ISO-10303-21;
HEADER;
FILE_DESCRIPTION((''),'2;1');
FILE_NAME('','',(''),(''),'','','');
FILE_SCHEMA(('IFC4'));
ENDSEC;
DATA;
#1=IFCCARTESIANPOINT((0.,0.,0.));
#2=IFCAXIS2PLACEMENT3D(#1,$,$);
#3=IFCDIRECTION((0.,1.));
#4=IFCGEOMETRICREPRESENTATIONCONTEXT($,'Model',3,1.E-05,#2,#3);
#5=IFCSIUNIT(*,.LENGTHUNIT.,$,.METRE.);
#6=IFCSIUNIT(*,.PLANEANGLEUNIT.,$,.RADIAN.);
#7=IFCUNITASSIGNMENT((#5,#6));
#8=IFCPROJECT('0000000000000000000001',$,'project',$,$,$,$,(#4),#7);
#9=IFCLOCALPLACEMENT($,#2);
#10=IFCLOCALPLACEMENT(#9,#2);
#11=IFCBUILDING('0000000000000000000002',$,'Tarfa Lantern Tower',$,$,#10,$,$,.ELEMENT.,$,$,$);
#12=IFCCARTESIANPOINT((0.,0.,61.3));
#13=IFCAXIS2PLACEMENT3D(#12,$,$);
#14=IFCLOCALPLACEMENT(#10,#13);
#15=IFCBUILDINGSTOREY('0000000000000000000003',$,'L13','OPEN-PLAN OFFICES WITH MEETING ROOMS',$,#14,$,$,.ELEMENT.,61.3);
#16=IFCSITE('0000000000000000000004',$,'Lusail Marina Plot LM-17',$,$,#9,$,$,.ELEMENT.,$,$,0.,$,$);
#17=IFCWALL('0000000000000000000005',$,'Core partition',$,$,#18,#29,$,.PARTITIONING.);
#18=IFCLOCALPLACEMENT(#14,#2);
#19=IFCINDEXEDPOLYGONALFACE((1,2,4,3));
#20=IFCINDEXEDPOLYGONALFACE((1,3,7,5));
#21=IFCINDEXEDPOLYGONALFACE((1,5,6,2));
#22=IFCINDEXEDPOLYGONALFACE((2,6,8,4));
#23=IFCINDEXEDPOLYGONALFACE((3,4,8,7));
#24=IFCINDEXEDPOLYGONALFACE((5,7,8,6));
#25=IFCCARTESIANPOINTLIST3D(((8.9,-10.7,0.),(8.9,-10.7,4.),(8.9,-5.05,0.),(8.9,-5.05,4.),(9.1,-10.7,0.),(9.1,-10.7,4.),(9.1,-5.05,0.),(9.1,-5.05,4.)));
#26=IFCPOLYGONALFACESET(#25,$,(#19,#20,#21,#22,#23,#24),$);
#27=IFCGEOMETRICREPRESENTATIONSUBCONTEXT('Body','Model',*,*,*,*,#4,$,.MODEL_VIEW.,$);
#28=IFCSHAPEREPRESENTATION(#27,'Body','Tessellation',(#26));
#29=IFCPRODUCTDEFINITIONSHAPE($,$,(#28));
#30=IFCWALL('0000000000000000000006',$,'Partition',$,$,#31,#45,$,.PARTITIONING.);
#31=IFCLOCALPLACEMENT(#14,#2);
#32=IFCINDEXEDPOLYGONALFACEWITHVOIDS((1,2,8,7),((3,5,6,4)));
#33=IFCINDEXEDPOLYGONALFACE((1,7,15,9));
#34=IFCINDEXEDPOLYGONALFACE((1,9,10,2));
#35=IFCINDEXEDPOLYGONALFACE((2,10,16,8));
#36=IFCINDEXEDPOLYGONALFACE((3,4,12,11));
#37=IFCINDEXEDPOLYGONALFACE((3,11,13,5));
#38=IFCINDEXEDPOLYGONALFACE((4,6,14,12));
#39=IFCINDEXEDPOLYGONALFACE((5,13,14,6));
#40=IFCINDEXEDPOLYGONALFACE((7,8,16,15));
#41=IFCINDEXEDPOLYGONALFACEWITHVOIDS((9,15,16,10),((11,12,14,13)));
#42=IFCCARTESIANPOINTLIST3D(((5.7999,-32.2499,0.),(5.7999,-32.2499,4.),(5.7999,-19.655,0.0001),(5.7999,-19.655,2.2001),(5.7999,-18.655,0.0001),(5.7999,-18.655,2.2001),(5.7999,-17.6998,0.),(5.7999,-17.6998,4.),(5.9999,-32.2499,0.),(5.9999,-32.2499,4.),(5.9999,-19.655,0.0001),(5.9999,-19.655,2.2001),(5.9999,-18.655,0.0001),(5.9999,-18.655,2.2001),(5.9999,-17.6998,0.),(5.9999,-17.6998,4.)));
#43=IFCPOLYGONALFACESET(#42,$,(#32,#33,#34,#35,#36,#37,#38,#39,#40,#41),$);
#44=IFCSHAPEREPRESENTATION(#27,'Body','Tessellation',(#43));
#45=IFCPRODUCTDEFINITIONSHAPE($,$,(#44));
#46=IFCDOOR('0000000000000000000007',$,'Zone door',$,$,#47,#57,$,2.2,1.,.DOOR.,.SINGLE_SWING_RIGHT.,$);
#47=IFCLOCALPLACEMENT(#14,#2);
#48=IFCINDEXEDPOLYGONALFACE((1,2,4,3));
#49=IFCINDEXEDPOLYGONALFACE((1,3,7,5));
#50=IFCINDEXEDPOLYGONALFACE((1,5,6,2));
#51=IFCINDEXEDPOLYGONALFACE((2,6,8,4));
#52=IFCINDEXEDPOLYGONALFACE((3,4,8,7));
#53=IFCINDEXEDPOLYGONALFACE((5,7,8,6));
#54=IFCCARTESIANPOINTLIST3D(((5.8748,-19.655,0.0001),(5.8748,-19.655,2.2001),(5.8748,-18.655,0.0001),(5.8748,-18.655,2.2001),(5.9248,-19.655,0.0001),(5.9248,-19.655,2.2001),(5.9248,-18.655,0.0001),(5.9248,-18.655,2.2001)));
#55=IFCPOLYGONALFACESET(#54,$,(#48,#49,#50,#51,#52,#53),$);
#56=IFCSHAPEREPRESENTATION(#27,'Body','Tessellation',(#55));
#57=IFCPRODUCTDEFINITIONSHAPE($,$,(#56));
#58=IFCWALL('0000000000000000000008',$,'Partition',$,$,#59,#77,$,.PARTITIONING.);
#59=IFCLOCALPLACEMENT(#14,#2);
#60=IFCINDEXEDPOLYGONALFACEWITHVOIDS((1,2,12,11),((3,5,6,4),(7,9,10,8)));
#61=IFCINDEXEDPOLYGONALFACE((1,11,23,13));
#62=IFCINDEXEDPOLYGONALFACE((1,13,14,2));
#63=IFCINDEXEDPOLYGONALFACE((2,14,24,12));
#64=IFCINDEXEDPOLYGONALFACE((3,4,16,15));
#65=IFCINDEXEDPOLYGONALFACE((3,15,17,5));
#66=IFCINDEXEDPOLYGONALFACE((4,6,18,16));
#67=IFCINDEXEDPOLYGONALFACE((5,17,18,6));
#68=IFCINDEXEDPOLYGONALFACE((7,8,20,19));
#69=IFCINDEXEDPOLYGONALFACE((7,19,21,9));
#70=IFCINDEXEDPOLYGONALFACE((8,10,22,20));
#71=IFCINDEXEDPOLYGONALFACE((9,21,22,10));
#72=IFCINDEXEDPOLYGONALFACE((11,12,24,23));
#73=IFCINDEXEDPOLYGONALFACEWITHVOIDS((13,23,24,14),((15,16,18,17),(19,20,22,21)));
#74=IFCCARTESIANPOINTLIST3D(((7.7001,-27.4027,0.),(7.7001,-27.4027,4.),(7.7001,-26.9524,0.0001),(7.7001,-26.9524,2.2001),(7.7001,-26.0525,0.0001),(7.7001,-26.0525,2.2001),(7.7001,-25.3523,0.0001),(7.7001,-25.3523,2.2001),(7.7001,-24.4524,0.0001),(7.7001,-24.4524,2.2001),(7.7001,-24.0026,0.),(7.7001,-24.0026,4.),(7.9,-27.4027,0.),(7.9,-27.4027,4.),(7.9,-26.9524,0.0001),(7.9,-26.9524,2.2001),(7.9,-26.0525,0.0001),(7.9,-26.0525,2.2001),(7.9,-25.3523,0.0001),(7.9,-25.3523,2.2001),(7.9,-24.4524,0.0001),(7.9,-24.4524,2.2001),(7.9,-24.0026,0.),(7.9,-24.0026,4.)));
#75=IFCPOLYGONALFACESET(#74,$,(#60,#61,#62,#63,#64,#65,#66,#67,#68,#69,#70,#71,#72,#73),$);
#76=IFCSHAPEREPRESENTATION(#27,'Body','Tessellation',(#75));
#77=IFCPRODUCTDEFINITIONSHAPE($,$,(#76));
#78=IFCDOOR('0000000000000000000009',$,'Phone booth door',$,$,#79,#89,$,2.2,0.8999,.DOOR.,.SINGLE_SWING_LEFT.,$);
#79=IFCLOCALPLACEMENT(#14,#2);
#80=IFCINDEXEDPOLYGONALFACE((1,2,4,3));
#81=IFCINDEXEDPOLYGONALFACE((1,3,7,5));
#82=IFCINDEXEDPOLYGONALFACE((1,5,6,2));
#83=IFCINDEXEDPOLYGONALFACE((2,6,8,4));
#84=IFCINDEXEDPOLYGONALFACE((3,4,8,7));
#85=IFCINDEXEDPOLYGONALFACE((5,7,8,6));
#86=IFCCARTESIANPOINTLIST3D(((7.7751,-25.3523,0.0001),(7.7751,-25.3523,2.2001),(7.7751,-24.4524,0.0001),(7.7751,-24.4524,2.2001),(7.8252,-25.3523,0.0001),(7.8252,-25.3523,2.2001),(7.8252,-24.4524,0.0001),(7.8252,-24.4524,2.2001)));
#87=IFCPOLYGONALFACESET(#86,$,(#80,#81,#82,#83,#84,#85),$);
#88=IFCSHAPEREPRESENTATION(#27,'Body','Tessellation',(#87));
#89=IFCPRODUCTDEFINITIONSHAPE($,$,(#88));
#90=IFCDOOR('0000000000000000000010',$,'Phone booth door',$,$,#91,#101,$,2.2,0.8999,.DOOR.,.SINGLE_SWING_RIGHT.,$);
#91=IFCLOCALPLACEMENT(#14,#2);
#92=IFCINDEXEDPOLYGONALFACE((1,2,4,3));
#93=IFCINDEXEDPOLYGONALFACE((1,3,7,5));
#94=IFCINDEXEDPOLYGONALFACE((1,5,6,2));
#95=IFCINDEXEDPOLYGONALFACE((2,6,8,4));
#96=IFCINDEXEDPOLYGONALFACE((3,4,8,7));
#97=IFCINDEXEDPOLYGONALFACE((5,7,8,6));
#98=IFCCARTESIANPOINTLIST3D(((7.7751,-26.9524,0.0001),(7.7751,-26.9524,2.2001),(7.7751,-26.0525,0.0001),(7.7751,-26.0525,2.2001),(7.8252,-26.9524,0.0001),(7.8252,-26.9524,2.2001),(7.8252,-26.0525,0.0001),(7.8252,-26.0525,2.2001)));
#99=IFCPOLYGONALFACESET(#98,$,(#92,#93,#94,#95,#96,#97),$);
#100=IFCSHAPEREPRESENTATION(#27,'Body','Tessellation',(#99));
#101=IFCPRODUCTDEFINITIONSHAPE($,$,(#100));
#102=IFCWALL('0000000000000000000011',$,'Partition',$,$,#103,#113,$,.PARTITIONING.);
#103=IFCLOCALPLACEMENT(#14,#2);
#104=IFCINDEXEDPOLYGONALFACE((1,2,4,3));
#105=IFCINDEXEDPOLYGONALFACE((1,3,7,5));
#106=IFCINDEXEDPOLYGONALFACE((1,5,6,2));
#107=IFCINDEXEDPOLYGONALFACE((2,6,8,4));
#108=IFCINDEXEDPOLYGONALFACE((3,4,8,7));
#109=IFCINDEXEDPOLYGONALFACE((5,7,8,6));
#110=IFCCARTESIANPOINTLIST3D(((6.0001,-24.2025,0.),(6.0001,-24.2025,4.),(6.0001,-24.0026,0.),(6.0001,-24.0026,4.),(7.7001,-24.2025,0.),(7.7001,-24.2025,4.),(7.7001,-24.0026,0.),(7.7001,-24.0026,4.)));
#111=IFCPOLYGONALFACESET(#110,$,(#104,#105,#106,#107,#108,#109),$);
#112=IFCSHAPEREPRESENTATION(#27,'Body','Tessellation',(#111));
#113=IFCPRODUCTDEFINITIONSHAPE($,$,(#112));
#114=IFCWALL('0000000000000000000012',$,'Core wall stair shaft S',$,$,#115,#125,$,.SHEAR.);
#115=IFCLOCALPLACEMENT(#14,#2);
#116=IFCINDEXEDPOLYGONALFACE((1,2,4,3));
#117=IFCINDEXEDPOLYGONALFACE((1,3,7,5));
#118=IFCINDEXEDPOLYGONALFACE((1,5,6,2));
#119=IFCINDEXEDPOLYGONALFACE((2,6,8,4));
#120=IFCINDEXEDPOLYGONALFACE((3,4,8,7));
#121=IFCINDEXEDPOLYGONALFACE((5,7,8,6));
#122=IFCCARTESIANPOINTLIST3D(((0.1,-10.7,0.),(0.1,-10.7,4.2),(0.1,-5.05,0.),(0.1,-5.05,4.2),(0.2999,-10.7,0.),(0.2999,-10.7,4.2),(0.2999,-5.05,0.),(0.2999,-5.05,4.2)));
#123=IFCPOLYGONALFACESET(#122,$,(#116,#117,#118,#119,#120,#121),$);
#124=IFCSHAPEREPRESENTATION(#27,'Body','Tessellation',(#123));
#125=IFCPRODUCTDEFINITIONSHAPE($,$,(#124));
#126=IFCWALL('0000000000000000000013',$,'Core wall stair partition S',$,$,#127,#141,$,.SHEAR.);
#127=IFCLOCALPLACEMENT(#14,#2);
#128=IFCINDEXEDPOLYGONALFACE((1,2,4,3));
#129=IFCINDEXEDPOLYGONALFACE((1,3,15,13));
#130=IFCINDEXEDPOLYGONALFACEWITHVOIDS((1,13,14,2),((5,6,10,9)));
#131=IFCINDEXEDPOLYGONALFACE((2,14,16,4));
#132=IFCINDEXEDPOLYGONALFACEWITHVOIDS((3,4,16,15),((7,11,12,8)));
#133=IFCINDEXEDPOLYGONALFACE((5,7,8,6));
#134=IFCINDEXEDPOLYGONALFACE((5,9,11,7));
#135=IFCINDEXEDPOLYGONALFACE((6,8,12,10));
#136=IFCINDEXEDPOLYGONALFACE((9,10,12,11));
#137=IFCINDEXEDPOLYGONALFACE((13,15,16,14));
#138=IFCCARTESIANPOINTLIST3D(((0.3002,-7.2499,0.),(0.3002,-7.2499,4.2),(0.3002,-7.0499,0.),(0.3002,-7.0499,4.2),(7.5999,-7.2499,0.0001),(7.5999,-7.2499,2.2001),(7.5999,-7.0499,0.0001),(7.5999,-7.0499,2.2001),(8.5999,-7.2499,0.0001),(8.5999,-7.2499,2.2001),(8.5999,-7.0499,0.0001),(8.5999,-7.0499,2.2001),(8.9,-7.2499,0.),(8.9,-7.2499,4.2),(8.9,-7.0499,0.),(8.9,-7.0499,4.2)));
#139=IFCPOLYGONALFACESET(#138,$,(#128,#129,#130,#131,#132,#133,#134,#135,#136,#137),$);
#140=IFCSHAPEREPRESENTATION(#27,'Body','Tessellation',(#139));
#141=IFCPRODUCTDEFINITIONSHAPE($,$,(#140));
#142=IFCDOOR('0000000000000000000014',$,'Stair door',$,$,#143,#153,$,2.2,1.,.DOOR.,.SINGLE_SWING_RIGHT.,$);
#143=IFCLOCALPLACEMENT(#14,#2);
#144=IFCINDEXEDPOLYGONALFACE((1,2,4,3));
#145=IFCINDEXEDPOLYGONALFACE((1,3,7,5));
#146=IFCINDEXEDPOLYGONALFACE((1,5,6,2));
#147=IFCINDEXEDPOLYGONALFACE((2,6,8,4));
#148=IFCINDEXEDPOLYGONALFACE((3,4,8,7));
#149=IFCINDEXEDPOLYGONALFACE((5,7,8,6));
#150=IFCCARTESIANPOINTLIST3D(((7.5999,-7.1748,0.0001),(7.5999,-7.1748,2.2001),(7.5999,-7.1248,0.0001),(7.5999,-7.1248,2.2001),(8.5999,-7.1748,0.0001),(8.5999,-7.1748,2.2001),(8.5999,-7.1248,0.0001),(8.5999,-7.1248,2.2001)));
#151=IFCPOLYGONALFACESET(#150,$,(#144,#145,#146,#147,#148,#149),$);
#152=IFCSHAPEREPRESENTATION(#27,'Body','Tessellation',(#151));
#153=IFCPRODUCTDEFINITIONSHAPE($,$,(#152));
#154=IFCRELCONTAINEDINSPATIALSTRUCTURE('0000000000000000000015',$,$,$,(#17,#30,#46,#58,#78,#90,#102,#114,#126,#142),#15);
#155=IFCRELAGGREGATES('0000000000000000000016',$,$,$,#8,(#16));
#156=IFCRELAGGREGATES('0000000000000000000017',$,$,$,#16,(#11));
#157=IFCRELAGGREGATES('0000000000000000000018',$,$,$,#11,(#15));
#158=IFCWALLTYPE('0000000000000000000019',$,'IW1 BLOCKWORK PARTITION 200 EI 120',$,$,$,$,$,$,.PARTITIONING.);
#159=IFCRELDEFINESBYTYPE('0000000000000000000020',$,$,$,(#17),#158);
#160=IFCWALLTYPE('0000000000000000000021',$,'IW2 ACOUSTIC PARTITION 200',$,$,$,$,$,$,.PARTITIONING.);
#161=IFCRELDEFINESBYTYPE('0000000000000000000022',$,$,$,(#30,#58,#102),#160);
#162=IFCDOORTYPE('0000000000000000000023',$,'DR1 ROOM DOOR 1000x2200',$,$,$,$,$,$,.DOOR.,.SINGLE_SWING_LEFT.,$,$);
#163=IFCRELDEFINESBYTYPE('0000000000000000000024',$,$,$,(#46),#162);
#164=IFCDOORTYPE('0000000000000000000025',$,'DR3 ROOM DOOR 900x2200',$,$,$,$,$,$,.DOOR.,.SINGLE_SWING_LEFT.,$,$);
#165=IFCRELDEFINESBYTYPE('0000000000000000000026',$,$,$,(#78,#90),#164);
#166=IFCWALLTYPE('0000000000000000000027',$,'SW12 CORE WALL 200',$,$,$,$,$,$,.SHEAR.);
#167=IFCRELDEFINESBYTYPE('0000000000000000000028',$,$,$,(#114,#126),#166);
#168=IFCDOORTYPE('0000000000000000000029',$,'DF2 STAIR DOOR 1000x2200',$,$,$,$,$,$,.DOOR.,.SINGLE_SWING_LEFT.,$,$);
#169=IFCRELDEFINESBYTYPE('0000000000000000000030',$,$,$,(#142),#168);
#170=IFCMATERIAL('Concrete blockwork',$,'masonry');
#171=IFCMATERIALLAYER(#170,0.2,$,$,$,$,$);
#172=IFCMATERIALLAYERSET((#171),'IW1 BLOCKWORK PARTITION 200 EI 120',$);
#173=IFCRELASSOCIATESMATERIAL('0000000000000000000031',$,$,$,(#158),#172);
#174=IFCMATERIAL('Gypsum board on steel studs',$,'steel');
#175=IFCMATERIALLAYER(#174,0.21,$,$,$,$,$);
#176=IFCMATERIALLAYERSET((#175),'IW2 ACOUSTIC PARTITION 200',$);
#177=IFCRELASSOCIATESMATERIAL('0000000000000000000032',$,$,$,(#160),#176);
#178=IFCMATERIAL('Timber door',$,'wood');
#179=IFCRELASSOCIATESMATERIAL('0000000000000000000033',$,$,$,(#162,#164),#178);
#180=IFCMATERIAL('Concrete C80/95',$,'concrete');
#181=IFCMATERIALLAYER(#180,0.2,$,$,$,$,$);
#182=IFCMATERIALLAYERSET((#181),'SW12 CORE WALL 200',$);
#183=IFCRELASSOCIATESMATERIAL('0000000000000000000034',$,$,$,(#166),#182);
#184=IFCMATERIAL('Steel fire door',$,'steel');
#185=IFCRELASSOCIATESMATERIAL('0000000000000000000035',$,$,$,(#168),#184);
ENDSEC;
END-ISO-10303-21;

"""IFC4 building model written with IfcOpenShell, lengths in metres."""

from ifc_helpers import new_model, si_unit, direction, frame, frame_2d, origin, place, context, subcontext, project, spatial, rectangle, extrude, material, layer, layer_set, type_object, element, fill, save


model = new_model("IFC4")

# Units and contexts
model_context = context("Model", 3, precision=1e-05, world=origin(), true_north=direction((0.0, 1.0)))
body_context = subcontext(model_context, "Body", "Model", "MODEL_VIEW")
ifc_project = project(units=[si_unit("LENGTHUNIT", "METRE"), si_unit("PLANEANGLEUNIT", "RADIAN")], contexts=[model_context])

# Site, building, storey
site_placement = place(None, origin())
site = spatial("IfcSite", under=ifc_project, at=site_placement, Name="Lusail Marina Plot LM-17", CompositionType="ELEMENT", RefElevation=0.0)
building_placement = place(site_placement, origin())
building = spatial("IfcBuilding", under=site, at=building_placement, Name="Tarfa Lantern Tower", CompositionType="ELEMENT")
storey_placement = place(building_placement, frame((0.0, 0.0, 61.3)))
storey = spatial("IfcBuildingStorey", under=building, at=storey_placement, Name="L13", Description="OPEN-PLAN OFFICES WITH MEETING ROOMS", CompositionType="ELEMENT", Elevation=61.3)

# Wall
ifc_material_1 = material(Name="Concrete blockwork", Category="masonry")
ifc_layer_1 = layer(ifc_material_1, 0.2)
ifc_layer_set_1 = layer_set([ifc_layer_1], Name="IW1 BLOCKWORK PARTITION 200 EI 120")
wall_type_1 = type_object("IfcWallType", Name="IW1 BLOCKWORK PARTITION 200 EI 120", PredefinedType="PARTITIONING", material=ifc_layer_set_1)
wall_1_placement = place(storey_placement, frame((9.0, -5.05, 0.0), z_axis=(0.0, 0.0, 1.0), x_axis=(0.0, -1.0, 0.0)))
element("IfcWall", 1, at=wall_1_placement, inside=storey, type_object=wall_type_1, Name="Core partition", PredefinedType="PARTITIONING", context=body_context, shape_type="SweptSolid", body=[
    extrude(rectangle(XDim=5.6499, YDim=0.2, at=frame_2d((2.825, 0.0))), origin(), (0.0, 0.0, 1.0), 4.0),
])

# Wall, opening, door
ifc_material_2 = material(Name="Gypsum board on steel studs", Category="steel")
ifc_layer_2 = layer(ifc_material_2, 0.21)
ifc_layer_set_2 = layer_set([ifc_layer_2], Name="IW2 ACOUSTIC PARTITION 200")
wall_type_2 = type_object("IfcWallType", Name="IW2 ACOUSTIC PARTITION 200", PredefinedType="PARTITIONING", material=ifc_layer_set_2)
wall_2_placement = place(storey_placement, frame((5.8999, -17.7, 0.0), z_axis=(0.0, 0.0, 1.0), x_axis=(0.0, -1.0, 0.0)))
wall_2 = element("IfcWall", 2, at=wall_2_placement, inside=storey, type_object=wall_type_2, Name="Partition", PredefinedType="PARTITIONING", context=body_context, shape_type="SweptSolid", body=[
    extrude(rectangle(XDim=14.55, YDim=0.2, at=frame_2d((7.2749, 0.0))), origin(), (0.0, 0.0, 1.0), 4.0),
])
opening_1_placement = place(wall_2_placement, frame((0.9551, 0.0, 0.0)))
opening_1 = element("IfcOpeningElement", 3, at=opening_1_placement, cuts=wall_2, PredefinedType="OPENING", context=body_context, shape_type="SweptSolid", body=[
    extrude(rectangle(XDim=1.0, YDim=2.2, at=frame_2d((0.5, 1.1001))), frame((0.0, 0.1099, 0.0), z_axis=(0.0, -1.0, 0.0), x_axis=(1.0, 0.0, 0.0)), (0.0, 0.0, 1.0), 0.22),
])
ifc_material_3 = material(Name="Timber door", Category="wood")
door_type_1 = type_object("IfcDoorType", Name="DR1 ROOM DOOR 1000x2200", OperationType="SINGLE_SWING_LEFT", PredefinedType="DOOR", material=ifc_material_3)
door_1_placement = place(opening_1_placement, origin())
door_1 = element("IfcDoor", 4, at=door_1_placement, inside=storey, type_object=door_type_1, Name="Zone door", OperationType="SINGLE_SWING_RIGHT", OverallHeight=2.2, OverallWidth=1.0, PredefinedType="DOOR", context=body_context, shape_type="SweptSolid", body=[
    extrude(rectangle(XDim=1.0, YDim=2.2, at=frame_2d((0.5, 1.1001))), frame((0.0, 0.0249, 0.0), z_axis=(0.0, -1.0, 0.0), x_axis=(1.0, 0.0, 0.0)), (0.0, 0.0, 1.0), 0.05),
])
fill(opening_1, door_1)

# Wall, openings, doors
wall_3_placement = place(storey_placement, frame((7.8, -24.0024, 0.0), z_axis=(0.0, 0.0, 1.0), x_axis=(0.0, -1.0, 0.0)))
wall_3 = element("IfcWall", 5, at=wall_3_placement, inside=storey, type_object=wall_type_2, Name="Partition", PredefinedType="PARTITIONING", context=body_context, shape_type="SweptSolid", body=[
    extrude(rectangle(XDim=3.4001, YDim=0.2, at=frame_2d((1.7002, 0.0))), origin(), (0.0, 0.0, 1.0), 4.0),
])
opening_2_placement = place(wall_3_placement, frame((0.45, 0.0, 0.0)))
opening_2 = element("IfcOpeningElement", 6, at=opening_2_placement, cuts=wall_3, PredefinedType="OPENING", context=body_context, shape_type="SweptSolid", body=[
    extrude(rectangle(XDim=0.8999, YDim=2.2, at=frame_2d((0.45, 1.1001))), frame((0.0, 0.1099, 0.0), z_axis=(0.0, -1.0, 0.0), x_axis=(1.0, 0.0, 0.0)), (0.0, 0.0, 1.0), 0.22),
])
opening_3_placement = place(wall_3_placement, frame((2.05, 0.0, 0.0)))
opening_3 = element("IfcOpeningElement", 7, at=opening_3_placement, cuts=wall_3, PredefinedType="OPENING", context=body_context, shape_type="SweptSolid", body=[
    extrude(rectangle(XDim=0.8999, YDim=2.2, at=frame_2d((0.45, 1.1001))), frame((0.0, 0.1099, 0.0), z_axis=(0.0, -1.0, 0.0), x_axis=(1.0, 0.0, 0.0)), (0.0, 0.0, 1.0), 0.22),
])
door_type_2 = type_object("IfcDoorType", Name="DR3 ROOM DOOR 900x2200", OperationType="SINGLE_SWING_LEFT", PredefinedType="DOOR", material=ifc_material_3)
door_2_placement = place(opening_2_placement, frame((0.8999, 0.0, 0.0), z_axis=(0.0, 0.0, 1.0), x_axis=(-1.0, 0.0, 0.0)))
door_2 = element("IfcDoor", 8, at=door_2_placement, inside=storey, type_object=door_type_2, Name="Phone booth door", OperationType="SINGLE_SWING_LEFT", OverallHeight=2.2, OverallWidth=0.8999, PredefinedType="DOOR", context=body_context, shape_type="SweptSolid", body=[
    extrude(rectangle(XDim=0.8999, YDim=2.2, at=frame_2d((0.45, 1.1001))), frame((0.0, 0.0249, 0.0), z_axis=(0.0, -1.0, 0.0), x_axis=(1.0, 0.0, 0.0)), (0.0, 0.0, 1.0), 0.05),
])
fill(opening_2, door_2)
door_3_placement = place(opening_3_placement, frame((0.8999, 0.0, 0.0), z_axis=(0.0, 0.0, 1.0), x_axis=(-1.0, 0.0, 0.0)))
door_3 = element("IfcDoor", 9, at=door_3_placement, inside=storey, type_object=door_type_2, Name="Phone booth door", OperationType="SINGLE_SWING_RIGHT", OverallHeight=2.2, OverallWidth=0.8999, PredefinedType="DOOR", context=body_context, shape_type="SweptSolid", body=[
    extrude(rectangle(XDim=0.8999, YDim=2.2, at=frame_2d((0.45, 1.1001))), frame((0.0, 0.0249, 0.0), z_axis=(0.0, -1.0, 0.0), x_axis=(1.0, 0.0, 0.0)), (0.0, 0.0, 1.0), 0.05),
])
fill(opening_3, door_3)

# Walls
wall_4_placement = place(storey_placement, frame((6.0, -24.1025, 0.0), z_axis=(0.0, 0.0, 1.0), x_axis=(1.0, 0.0, 0.0)))
element("IfcWall", 10, at=wall_4_placement, inside=storey, type_object=wall_type_2, Name="Partition", PredefinedType="PARTITIONING", context=body_context, shape_type="SweptSolid", body=[
    extrude(rectangle(XDim=1.7, YDim=0.2, at=frame_2d((0.8501, 0.0))), origin(), (0.0, 0.0, 1.0), 4.0),
])
ifc_material_4 = material(Name="Concrete C80/95", Category="concrete")
ifc_layer_3 = layer(ifc_material_4, 0.2)
ifc_layer_set_3 = layer_set([ifc_layer_3], Name="SW12 CORE WALL 200")
wall_type_3 = type_object("IfcWallType", Name="SW12 CORE WALL 200", PredefinedType="SHEAR", material=ifc_layer_set_3)
wall_5_placement = place(storey_placement, frame((0.2, -5.05, 0.0), z_axis=(0.0, 0.0, 1.0), x_axis=(0.0, -1.0, 0.0)))
element("IfcWall", 11, at=wall_5_placement, inside=storey, type_object=wall_type_3, Name="Core wall stair shaft S", PredefinedType="SHEAR", context=body_context, shape_type="SweptSolid", body=[
    extrude(rectangle(XDim=5.6499, YDim=0.2, at=frame_2d((2.825, 0.0))), origin(), (0.0, 0.0, 1.0), 4.2),
])

# Wall, opening, door
wall_6_placement = place(storey_placement, frame((8.8999, -7.1499, 0.0), z_axis=(0.0, 0.0, 1.0), x_axis=(-1.0, 0.0, 0.0)))
wall_6 = element("IfcWall", 12, at=wall_6_placement, inside=storey, type_object=wall_type_3, Name="Core wall stair partition S", PredefinedType="SHEAR", context=body_context, shape_type="SweptSolid", body=[
    extrude(rectangle(XDim=8.5999, YDim=0.2, at=frame_2d((4.2998, 0.0))), origin(), (0.0, 0.0, 1.0), 4.2),
])
opening_4_placement = place(wall_6_placement, frame((0.3, 0.0, 0.0)))
opening_4 = element("IfcOpeningElement", 13, at=opening_4_placement, cuts=wall_6, PredefinedType="OPENING", context=body_context, shape_type="SweptSolid", body=[
    extrude(rectangle(XDim=1.0, YDim=2.2, at=frame_2d((0.5, 1.1001))), frame((0.0, 0.1099, 0.0), z_axis=(0.0, -1.0, 0.0), x_axis=(1.0, 0.0, 0.0)), (0.0, 0.0, 1.0), 0.22),
])
ifc_material_5 = material(Name="Steel fire door", Category="steel")
door_type_3 = type_object("IfcDoorType", Name="DF2 STAIR DOOR 1000x2200", OperationType="SINGLE_SWING_LEFT", PredefinedType="DOOR", material=ifc_material_5)
door_4_placement = place(opening_4_placement, origin())
door_4 = element("IfcDoor", 14, at=door_4_placement, inside=storey, type_object=door_type_3, Name="Stair door", OperationType="SINGLE_SWING_RIGHT", OverallHeight=2.2, OverallWidth=1.0, PredefinedType="DOOR", context=body_context, shape_type="SweptSolid", body=[
    extrude(rectangle(XDim=1.0, YDim=2.2, at=frame_2d((0.5, 1.1001))), frame((0.0, 0.0249, 0.0), z_axis=(0.0, -1.0, 0.0), x_axis=(1.0, 0.0, 0.0)), (0.0, 0.0, 1.0), 0.05),
])
fill(opening_4, door_4)

save(model, "model.ifc")
